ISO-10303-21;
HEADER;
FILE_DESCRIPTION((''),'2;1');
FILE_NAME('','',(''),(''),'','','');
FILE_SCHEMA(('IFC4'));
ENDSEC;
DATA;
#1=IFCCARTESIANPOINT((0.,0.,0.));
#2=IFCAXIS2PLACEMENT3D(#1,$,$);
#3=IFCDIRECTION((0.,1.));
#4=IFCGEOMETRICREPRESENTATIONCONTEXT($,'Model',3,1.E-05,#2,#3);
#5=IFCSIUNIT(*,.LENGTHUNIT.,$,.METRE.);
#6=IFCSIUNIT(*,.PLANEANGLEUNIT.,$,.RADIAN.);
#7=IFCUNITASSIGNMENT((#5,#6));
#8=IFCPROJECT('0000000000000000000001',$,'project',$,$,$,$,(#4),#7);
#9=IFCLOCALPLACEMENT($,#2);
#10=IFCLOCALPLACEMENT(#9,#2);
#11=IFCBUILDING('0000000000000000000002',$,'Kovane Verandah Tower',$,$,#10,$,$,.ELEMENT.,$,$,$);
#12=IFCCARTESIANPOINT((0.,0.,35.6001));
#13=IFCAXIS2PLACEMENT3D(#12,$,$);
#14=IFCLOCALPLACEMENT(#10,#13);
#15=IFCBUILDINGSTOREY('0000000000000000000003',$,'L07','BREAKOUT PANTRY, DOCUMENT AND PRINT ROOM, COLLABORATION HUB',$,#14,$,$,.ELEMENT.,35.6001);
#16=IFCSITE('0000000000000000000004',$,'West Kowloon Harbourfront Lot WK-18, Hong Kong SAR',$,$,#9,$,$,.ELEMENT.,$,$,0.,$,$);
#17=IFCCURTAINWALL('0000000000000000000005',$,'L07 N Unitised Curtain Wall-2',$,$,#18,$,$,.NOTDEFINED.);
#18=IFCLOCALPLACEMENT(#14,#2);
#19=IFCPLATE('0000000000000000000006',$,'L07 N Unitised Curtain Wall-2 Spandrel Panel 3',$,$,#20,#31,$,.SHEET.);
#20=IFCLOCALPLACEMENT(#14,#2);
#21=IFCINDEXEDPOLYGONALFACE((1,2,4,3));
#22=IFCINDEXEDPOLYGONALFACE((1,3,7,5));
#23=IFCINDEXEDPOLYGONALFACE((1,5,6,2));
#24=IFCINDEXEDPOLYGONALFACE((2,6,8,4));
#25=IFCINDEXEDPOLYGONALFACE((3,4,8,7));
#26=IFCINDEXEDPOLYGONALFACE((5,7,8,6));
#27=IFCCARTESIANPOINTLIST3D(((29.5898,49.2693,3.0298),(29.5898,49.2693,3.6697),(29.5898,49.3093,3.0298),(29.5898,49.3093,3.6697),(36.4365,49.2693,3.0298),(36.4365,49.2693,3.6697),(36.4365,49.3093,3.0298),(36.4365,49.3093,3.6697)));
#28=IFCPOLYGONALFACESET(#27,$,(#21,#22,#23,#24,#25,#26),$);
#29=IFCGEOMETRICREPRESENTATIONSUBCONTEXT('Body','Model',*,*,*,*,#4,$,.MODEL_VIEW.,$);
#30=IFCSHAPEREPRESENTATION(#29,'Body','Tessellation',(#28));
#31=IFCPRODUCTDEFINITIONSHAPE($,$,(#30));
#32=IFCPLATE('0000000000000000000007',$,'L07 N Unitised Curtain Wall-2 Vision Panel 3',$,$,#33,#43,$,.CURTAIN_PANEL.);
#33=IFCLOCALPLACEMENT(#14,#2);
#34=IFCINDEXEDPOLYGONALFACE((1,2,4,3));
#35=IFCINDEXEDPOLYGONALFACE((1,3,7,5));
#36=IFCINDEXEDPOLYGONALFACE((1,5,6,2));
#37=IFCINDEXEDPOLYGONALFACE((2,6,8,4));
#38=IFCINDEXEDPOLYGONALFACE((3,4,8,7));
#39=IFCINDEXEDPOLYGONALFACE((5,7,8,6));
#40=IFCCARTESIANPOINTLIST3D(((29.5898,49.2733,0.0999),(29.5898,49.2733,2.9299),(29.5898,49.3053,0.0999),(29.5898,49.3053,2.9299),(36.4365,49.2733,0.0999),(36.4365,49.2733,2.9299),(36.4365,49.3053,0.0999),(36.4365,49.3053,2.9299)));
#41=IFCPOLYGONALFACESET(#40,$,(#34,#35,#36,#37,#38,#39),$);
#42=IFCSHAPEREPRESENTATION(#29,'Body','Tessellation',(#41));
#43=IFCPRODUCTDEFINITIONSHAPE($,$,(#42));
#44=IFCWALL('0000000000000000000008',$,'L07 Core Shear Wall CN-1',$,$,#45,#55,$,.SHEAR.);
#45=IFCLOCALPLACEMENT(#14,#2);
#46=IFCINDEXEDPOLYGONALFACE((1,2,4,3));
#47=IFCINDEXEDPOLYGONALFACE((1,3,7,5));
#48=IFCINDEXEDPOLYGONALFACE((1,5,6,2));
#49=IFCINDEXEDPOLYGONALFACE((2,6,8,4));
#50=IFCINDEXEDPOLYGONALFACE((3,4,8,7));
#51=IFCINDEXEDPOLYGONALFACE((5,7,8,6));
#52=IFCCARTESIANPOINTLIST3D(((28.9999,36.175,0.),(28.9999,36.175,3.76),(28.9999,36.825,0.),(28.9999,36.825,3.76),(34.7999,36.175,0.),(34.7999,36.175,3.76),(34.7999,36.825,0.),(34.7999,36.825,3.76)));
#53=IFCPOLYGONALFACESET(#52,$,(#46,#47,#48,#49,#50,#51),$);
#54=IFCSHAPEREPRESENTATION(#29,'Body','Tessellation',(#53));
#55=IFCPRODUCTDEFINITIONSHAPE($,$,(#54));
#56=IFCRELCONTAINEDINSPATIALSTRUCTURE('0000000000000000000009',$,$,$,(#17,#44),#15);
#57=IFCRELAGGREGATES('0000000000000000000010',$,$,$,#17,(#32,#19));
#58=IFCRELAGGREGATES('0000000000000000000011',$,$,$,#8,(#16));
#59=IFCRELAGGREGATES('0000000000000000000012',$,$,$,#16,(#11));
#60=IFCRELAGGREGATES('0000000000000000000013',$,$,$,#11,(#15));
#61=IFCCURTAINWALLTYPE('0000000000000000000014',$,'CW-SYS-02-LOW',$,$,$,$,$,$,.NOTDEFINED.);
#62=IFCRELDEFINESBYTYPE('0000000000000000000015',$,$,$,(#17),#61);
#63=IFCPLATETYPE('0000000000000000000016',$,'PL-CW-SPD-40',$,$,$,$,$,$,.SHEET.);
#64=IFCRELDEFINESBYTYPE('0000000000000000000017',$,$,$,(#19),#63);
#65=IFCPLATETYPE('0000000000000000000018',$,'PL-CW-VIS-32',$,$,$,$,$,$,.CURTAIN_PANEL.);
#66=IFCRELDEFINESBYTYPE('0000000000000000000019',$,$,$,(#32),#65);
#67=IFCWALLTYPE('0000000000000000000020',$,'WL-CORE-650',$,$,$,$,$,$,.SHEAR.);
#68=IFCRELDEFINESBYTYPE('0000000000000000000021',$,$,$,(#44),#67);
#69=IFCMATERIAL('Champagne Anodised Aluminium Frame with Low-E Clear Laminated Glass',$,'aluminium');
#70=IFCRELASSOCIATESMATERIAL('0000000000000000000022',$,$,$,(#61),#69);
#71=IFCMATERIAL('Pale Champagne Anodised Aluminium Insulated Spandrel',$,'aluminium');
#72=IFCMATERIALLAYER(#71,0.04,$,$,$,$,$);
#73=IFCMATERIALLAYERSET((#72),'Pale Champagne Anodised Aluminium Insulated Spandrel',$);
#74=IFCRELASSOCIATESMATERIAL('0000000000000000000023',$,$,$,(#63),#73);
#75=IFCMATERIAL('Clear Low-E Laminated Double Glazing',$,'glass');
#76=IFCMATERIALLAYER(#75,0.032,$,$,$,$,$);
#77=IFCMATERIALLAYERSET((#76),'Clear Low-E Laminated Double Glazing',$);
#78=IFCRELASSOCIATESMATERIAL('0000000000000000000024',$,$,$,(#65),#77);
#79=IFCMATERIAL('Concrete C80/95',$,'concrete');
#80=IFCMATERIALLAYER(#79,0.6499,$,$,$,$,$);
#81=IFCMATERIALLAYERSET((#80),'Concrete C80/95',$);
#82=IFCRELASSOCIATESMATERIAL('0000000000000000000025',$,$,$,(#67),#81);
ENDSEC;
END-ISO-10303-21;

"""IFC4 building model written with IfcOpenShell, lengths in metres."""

from ifc_helpers import new_model, si_unit, direction, frame, frame_2d, origin, origin_2d, place, context, subcontext, project, spatial, rectangle, extrude, material, layer, layer_set, type_object, element, aggregate, save


model = new_model("IFC4")

# Units and contexts
model_context = context("Model", 3, precision=1e-05, world=origin(), true_north=direction((0.0, 1.0)))
body_context = subcontext(model_context, "Body", "Model", "MODEL_VIEW")
ifc_project = project(units=[si_unit("LENGTHUNIT", "METRE"), si_unit("PLANEANGLEUNIT", "RADIAN")], contexts=[model_context])

# Site, building, storey
site_placement = place(None, origin())
site = spatial("IfcSite", under=ifc_project, at=site_placement, Name="West Kowloon Harbourfront Lot WK-18, Hong Kong SAR", CompositionType="ELEMENT", RefElevation=0.0)
building_placement = place(site_placement, origin())
building = spatial("IfcBuilding", under=site, at=building_placement, Name="Kovane Verandah Tower", CompositionType="ELEMENT")
storey_placement = place(building_placement, frame((0.0, 0.0, 35.6001)))
storey = spatial("IfcBuildingStorey", under=building, at=storey_placement, Name="L07", Description="BREAKOUT PANTRY, DOCUMENT AND PRINT ROOM, COLLABORATION HUB", CompositionType="ELEMENT", Elevation=35.6001)

# Shared definitions
ifc_material_1 = material(Name="Concrete C80/95", Category="concrete")

# Curtain wall
ifc_material_2 = material(Name="Champagne Anodised Aluminium Frame with Low-E Clear Laminated Glass", Category="aluminium")
curtain_wall_type = type_object("IfcCurtainWallType", Name="CW-SYS-02-LOW", PredefinedType="NOTDEFINED", material=ifc_material_2)
curtain_wall_1_placement = place(storey_placement, origin())
curtain_wall_1 = element("IfcCurtainWall", 1, at=curtain_wall_1_placement, inside=storey, type_object=curtain_wall_type, Name="L07 N Unitised Curtain Wall-2", PredefinedType="NOTDEFINED")

# Plates
ifc_material_3 = material(Name="Pale Champagne Anodised Aluminium Insulated Spandrel", Category="aluminium")
ifc_layer_1 = layer(ifc_material_3, 0.04)
ifc_layer_set_1 = layer_set([ifc_layer_1], Name="Pale Champagne Anodised Aluminium Insulated Spandrel")
plate_type_1 = type_object("IfcPlateType", Name="PL-CW-SPD-40", PredefinedType="SHEET", material=ifc_layer_set_1)
plate_1_placement = place(storey_placement, frame((33.0132, 49.2893, 3.0298), z_axis=(0.0, 0.0, 1.0), x_axis=(-1.0, 0.0, 0.0)))
plate_1 = element("IfcPlate", 2, at=plate_1_placement, type_object=plate_type_1, Name="L07 N Unitised Curtain Wall-2 Spandrel Panel 3", PredefinedType="SHEET", context=body_context, shape_type="SweptSolid", body=[
    extrude(rectangle(XDim=6.8467, YDim=0.04, at=origin_2d()), origin(), (0.0, 0.0, 1.0), 0.6399),
])
ifc_material_4 = material(Name="Clear Low-E Laminated Double Glazing", Category="glass")
ifc_layer_2 = layer(ifc_material_4, 0.032)
ifc_layer_set_2 = layer_set([ifc_layer_2], Name="Clear Low-E Laminated Double Glazing")
plate_type_2 = type_object("IfcPlateType", Name="PL-CW-VIS-32", PredefinedType="CURTAIN_PANEL", material=ifc_layer_set_2)
plate_2_placement = place(storey_placement, frame((33.0132, 49.2893, 0.0999), z_axis=(0.0, 0.0, 1.0), x_axis=(-1.0, 0.0, 0.0)))
plate_2 = element("IfcPlate", 3, at=plate_2_placement, type_object=plate_type_2, Name="L07 N Unitised Curtain Wall-2 Vision Panel 3", PredefinedType="CURTAIN_PANEL", context=body_context, shape_type="SweptSolid", body=[
    extrude(rectangle(XDim=6.8467, YDim=0.032, at=origin_2d()), origin(), (0.0, 0.0, 1.0), 2.8301),
])
aggregate(curtain_wall_1, [plate_2, plate_1])

# Wall
ifc_layer_3 = layer(ifc_material_1, 0.6499)
ifc_layer_set_3 = layer_set([ifc_layer_3], Name="Concrete C80/95")
wall_type = type_object("IfcWallType", Name="WL-CORE-650", PredefinedType="SHEAR", material=ifc_layer_set_3)
wall_1_placement = place(storey_placement, frame((29.0, 36.5, 0.0), z_axis=(0.0, 0.0, 1.0), x_axis=(1.0, 0.0, 0.0)))
element("IfcWall", 4, at=wall_1_placement, inside=storey, type_object=wall_type, Name="L07 Core Shear Wall CN-1", PredefinedType="SHEAR", context=body_context, shape_type="SweptSolid", body=[
    extrude(rectangle(XDim=5.8, YDim=0.6499, at=frame_2d((2.8999, 0.0))), origin(), (0.0, 0.0, 1.0), 3.76),
])

save(model, "model.ifc")
